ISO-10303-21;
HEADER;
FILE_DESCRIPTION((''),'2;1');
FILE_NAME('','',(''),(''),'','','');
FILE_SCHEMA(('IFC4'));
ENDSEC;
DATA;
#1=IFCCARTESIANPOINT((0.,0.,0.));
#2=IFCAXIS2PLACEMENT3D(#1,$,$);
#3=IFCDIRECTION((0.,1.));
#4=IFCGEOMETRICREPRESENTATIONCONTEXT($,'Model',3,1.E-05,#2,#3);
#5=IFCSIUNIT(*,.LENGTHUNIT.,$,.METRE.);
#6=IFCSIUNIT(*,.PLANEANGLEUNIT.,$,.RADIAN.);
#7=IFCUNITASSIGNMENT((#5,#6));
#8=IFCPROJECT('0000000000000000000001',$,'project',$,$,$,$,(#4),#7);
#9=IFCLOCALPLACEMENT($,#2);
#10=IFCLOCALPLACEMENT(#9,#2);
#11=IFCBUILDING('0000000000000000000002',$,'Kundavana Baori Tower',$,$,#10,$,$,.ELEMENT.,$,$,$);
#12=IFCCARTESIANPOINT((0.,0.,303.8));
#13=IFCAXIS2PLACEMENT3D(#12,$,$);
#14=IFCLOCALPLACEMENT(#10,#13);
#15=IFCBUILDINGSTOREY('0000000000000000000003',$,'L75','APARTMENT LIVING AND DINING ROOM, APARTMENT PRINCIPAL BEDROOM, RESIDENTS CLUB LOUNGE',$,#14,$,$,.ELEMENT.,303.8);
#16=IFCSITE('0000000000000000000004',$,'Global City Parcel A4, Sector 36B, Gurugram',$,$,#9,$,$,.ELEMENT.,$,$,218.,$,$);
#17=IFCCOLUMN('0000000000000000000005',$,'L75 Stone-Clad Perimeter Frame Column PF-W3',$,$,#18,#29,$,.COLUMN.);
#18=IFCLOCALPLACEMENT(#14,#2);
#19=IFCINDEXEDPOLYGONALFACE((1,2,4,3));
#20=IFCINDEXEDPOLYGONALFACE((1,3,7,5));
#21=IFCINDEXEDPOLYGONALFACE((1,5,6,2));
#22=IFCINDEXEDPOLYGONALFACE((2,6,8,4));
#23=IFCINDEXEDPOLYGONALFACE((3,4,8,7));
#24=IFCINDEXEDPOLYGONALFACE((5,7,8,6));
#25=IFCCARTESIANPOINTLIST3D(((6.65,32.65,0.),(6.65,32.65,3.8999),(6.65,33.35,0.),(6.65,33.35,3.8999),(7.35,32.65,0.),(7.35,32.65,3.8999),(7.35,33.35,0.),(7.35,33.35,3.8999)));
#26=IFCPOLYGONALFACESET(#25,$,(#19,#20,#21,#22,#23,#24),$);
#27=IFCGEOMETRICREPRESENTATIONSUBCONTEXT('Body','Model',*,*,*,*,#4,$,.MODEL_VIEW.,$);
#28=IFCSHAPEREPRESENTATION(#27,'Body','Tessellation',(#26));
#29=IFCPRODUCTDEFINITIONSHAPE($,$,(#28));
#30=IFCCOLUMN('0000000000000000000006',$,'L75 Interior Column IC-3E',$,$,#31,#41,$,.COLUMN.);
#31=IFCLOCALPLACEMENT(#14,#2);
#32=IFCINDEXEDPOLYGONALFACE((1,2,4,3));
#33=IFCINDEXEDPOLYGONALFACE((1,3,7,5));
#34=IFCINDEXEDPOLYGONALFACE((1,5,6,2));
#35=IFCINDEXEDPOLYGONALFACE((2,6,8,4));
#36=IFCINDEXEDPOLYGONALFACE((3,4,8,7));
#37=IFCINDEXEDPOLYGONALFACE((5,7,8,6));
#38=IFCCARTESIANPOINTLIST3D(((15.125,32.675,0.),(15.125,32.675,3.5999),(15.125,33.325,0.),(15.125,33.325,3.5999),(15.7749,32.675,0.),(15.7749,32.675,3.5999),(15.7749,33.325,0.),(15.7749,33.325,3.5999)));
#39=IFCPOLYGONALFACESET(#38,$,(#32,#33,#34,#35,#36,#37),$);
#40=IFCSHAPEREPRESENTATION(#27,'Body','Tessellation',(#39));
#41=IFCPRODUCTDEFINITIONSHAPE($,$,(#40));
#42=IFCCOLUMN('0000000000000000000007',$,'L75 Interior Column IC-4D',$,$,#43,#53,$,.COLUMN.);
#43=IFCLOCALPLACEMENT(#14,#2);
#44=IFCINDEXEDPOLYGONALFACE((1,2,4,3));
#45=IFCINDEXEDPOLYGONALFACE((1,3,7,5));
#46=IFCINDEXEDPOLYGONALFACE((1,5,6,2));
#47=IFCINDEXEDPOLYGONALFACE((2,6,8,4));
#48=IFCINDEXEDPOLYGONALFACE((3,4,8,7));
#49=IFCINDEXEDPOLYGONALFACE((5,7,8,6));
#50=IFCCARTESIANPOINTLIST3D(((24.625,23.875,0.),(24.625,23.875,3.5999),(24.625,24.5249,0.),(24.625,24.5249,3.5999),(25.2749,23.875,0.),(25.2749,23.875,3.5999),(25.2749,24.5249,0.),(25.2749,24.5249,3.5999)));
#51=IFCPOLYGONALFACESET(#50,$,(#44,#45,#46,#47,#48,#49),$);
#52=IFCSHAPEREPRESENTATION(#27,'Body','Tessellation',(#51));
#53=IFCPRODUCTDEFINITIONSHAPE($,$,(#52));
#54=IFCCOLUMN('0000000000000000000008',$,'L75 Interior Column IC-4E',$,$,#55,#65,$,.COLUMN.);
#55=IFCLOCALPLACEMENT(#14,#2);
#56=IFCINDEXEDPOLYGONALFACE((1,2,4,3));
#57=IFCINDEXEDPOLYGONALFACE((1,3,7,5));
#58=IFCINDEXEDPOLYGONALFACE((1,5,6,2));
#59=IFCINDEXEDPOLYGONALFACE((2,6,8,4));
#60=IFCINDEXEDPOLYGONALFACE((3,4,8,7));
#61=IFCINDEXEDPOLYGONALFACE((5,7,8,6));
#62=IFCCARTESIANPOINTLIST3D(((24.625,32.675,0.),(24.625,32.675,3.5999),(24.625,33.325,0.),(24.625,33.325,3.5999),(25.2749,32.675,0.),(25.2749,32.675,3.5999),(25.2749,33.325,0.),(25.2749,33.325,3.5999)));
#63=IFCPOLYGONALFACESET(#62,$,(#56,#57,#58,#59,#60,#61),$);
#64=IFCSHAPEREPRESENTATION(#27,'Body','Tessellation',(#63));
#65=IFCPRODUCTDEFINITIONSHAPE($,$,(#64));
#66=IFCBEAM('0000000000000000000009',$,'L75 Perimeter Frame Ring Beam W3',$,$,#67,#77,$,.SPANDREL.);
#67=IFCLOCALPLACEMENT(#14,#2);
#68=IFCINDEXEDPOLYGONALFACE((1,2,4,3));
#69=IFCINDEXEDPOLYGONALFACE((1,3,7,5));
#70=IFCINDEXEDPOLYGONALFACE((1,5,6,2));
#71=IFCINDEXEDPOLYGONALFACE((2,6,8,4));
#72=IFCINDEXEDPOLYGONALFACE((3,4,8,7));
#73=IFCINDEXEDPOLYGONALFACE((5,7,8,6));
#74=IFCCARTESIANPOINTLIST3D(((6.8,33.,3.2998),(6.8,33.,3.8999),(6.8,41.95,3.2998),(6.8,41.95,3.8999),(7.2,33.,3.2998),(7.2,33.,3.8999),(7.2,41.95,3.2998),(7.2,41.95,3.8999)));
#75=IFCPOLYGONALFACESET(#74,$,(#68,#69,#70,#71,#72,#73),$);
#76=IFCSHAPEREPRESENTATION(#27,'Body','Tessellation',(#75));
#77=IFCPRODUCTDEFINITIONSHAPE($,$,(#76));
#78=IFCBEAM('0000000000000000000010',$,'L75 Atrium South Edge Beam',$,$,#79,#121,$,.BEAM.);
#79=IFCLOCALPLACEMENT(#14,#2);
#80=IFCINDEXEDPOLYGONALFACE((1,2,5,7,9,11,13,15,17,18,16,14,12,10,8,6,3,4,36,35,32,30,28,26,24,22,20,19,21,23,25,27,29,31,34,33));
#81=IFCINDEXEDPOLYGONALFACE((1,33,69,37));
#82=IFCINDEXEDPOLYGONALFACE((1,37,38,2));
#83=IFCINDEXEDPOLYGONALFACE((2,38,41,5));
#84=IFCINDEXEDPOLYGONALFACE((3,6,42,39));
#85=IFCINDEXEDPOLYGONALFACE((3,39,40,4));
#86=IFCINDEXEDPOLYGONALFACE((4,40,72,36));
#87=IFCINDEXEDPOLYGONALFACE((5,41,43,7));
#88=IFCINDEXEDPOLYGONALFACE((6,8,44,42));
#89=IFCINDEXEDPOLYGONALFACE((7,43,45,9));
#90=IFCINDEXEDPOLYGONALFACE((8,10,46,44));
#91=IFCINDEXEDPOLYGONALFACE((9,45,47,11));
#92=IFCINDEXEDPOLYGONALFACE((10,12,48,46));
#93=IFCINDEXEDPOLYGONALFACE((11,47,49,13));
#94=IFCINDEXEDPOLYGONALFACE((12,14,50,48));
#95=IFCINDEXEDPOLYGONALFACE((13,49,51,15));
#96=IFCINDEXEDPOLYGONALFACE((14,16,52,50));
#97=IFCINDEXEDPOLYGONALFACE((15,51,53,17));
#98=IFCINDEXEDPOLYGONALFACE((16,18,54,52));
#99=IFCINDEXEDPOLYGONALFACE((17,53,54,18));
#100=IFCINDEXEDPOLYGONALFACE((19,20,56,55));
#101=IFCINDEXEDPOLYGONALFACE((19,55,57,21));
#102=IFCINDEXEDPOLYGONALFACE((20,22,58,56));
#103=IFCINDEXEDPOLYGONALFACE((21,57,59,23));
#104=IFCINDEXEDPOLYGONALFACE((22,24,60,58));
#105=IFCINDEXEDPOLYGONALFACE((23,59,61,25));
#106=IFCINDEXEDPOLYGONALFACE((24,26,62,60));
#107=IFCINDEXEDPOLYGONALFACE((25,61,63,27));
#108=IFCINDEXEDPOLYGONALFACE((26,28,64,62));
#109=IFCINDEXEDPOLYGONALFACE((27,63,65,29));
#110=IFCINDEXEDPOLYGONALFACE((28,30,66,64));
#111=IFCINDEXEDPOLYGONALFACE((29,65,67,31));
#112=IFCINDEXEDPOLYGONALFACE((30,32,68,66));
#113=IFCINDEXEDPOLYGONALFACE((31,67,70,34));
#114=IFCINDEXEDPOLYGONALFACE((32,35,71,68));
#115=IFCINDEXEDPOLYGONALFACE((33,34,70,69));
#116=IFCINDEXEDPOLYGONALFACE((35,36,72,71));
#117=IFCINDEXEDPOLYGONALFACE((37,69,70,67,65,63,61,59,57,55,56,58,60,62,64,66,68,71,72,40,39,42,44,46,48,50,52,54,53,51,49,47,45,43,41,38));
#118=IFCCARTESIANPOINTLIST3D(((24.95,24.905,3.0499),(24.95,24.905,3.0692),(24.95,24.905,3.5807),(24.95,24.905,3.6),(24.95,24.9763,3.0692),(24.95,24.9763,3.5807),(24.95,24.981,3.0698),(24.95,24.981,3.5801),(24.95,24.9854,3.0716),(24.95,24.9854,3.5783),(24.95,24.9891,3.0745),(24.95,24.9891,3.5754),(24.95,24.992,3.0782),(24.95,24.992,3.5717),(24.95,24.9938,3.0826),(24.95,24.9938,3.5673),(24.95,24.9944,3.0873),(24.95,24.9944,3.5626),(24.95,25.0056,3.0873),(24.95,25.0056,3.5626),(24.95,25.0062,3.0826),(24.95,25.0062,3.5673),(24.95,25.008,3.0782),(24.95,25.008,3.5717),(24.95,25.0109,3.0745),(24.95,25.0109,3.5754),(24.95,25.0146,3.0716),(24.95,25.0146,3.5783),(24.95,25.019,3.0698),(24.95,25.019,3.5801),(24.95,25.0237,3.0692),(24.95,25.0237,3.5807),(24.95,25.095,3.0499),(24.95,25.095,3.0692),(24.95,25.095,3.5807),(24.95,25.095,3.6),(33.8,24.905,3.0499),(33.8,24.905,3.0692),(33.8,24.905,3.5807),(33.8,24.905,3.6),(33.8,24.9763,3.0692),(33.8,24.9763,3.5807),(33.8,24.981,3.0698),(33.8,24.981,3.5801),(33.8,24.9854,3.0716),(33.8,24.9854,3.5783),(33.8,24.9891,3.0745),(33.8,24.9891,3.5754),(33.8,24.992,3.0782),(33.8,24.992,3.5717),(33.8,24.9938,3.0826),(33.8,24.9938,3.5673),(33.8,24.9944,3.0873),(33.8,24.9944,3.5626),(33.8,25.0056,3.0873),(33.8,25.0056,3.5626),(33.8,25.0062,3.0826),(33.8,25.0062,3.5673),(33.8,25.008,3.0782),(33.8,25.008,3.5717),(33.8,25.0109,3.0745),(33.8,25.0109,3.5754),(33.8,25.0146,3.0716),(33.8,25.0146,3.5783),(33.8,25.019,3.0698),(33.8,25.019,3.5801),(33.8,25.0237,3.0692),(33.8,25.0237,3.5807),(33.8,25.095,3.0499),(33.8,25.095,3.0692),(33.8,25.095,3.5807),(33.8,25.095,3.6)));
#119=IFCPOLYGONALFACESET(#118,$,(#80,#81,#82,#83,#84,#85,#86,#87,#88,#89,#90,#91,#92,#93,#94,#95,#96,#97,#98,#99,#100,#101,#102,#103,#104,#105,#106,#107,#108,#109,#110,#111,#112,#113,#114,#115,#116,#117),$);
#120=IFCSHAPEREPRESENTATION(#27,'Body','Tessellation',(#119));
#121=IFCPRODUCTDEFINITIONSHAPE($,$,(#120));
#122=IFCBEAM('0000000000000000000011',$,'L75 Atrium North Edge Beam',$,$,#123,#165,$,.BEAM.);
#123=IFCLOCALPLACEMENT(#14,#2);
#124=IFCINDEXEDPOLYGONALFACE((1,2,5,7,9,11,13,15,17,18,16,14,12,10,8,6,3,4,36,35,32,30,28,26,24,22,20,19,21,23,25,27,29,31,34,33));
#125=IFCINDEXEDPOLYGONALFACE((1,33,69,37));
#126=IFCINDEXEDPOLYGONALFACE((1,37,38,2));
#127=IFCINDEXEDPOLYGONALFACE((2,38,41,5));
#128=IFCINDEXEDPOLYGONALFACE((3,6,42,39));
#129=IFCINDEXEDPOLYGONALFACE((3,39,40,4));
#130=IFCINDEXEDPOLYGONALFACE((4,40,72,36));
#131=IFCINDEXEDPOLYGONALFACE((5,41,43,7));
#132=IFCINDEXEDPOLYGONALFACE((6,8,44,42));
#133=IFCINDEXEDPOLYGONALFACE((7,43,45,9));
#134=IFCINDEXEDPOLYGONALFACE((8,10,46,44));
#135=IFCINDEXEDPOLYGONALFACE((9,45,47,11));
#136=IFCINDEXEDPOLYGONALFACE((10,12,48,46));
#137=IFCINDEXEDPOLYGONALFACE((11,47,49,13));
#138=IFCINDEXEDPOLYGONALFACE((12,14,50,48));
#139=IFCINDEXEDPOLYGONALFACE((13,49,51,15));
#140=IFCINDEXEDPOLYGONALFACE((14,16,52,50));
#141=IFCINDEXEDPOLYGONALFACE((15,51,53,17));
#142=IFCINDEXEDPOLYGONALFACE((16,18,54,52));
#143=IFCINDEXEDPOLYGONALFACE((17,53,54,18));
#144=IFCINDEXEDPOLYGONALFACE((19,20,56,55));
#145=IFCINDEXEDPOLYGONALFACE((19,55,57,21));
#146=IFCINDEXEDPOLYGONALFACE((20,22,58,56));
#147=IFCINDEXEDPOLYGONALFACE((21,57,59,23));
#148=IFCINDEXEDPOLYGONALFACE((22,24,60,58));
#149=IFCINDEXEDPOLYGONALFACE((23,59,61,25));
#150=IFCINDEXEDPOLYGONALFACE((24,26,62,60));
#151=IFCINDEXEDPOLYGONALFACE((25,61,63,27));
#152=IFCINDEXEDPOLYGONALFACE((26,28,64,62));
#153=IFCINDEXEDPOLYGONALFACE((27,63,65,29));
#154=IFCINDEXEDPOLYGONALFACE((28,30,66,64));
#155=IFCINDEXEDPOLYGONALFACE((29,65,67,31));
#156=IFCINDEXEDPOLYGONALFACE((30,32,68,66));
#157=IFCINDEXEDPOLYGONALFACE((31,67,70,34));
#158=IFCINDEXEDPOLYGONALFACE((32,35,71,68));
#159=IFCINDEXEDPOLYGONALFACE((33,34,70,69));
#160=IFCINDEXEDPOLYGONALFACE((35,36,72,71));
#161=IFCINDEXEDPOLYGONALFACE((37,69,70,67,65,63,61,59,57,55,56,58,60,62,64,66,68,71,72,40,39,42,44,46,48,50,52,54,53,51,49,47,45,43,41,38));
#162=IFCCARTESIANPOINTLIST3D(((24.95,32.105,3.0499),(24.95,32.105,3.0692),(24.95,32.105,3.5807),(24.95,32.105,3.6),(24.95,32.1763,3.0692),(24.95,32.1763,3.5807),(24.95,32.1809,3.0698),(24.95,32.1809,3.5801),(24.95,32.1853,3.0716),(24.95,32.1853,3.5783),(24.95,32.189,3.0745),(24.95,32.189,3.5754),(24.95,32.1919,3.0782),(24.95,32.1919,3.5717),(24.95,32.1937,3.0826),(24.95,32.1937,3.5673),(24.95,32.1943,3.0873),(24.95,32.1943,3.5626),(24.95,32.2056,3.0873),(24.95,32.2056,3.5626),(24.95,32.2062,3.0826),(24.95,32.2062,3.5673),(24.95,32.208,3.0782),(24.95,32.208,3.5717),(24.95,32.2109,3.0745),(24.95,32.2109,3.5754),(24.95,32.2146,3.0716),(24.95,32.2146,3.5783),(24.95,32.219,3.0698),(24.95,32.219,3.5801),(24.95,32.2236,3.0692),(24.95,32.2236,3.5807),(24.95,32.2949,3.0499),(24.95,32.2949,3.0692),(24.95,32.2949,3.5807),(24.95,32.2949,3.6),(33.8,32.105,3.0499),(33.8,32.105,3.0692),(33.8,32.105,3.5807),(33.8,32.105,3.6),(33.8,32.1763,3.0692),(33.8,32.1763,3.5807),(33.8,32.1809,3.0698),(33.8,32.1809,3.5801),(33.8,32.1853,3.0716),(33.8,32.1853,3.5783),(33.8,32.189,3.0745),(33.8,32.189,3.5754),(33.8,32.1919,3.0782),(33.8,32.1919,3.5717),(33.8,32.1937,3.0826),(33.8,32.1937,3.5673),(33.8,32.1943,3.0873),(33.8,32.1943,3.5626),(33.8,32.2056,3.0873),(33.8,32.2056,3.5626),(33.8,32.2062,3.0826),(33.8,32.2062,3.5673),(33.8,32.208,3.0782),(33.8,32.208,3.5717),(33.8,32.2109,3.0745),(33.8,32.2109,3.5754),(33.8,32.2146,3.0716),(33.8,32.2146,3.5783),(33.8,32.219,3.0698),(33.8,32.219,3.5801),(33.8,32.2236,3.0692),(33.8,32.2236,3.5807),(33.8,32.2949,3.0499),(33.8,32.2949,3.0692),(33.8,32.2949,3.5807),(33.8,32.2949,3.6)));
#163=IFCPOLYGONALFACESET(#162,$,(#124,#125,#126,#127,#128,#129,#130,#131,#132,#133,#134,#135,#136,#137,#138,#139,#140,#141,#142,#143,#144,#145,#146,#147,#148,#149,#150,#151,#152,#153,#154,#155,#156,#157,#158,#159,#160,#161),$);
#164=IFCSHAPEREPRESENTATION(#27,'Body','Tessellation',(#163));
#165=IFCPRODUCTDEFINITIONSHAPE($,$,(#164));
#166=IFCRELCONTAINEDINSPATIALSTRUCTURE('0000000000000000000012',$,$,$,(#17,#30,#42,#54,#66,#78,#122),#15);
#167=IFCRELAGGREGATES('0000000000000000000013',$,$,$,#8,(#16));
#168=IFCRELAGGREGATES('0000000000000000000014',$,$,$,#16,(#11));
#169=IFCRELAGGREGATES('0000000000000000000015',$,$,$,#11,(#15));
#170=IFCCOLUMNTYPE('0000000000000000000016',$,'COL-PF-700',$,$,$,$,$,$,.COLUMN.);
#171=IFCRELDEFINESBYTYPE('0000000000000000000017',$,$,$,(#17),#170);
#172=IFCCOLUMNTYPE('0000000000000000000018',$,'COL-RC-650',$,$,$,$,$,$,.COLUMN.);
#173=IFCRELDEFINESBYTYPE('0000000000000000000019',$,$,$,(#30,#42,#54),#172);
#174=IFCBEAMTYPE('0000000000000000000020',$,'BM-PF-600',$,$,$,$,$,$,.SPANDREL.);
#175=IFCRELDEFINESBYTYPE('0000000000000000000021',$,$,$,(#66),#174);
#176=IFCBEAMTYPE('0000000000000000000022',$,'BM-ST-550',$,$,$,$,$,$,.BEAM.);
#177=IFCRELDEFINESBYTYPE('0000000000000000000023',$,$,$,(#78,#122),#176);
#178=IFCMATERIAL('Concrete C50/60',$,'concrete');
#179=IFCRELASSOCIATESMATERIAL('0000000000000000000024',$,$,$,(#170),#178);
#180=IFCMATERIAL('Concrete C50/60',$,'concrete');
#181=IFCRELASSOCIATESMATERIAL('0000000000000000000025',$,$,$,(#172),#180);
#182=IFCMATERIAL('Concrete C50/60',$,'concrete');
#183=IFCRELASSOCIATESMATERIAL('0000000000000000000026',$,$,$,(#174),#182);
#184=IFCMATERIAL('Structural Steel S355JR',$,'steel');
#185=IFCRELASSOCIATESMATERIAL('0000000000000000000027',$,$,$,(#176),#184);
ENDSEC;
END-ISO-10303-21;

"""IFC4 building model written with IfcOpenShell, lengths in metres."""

from ifc_helpers import new_model, si_unit, direction, frame, origin, origin_2d, place, context, subcontext, project, spatial, rectangle, i_section, extrude, material, material_profile, profile_set, type_object, element, save


model = new_model("IFC4")

# Units and contexts
model_context = context("Model", 3, precision=1e-05, world=origin(), true_north=direction((0.0, 1.0)))
body_context = subcontext(model_context, "Body", "Model", "MODEL_VIEW")
ifc_project = project(units=[si_unit("LENGTHUNIT", "METRE"), si_unit("PLANEANGLEUNIT", "RADIAN")], contexts=[model_context])

# Site, building, storey
site_placement = place(None, origin())
site = spatial("IfcSite", under=ifc_project, at=site_placement, Name="Global City Parcel A4, Sector 36B, Gurugram", CompositionType="ELEMENT", RefElevation=218.0)
building_placement = place(site_placement, origin())
building = spatial("IfcBuilding", under=site, at=building_placement, Name="Kundavana Baori Tower", CompositionType="ELEMENT")
storey_placement = place(building_placement, frame((0.0, 0.0, 303.8)))
storey = spatial("IfcBuildingStorey", under=building, at=storey_placement, Name="L75", Description="APARTMENT LIVING AND DINING ROOM, APARTMENT PRINCIPAL BEDROOM, RESIDENTS CLUB LOUNGE", CompositionType="ELEMENT", Elevation=303.8)

# Columns
ifc_material_1 = material(Name="Concrete C50/60", Category="concrete")
ifc_material_profile_1 = material_profile(ifc_material_1, rectangle(XDim=0.7, YDim=0.7, at=origin_2d()), Name="RC PF 700x700")
ifc_profile_set_1 = profile_set([ifc_material_profile_1], Name="Concrete C50/60")
column_type_1 = type_object("IfcColumnType", Name="COL-PF-700", PredefinedType="COLUMN", material=ifc_profile_set_1)
column_placement = place(storey_placement, frame((7.0, 33.0, 0.0), z_axis=(0.0, 0.0, 1.0), x_axis=(1.0, 0.0, 0.0)))
element("IfcColumn", 1, at=column_placement, inside=storey, type_object=column_type_1, Name="L75 Stone-Clad Perimeter Frame Column PF-W3", PredefinedType="COLUMN", context=body_context, shape_type="SweptSolid", body=[
    extrude(rectangle(XDim=0.7, YDim=0.7, at=origin_2d()), origin(), (0.0, 0.0, 1.0), 3.8999),
])
ifc_material_2 = material(Name="Concrete C50/60", Category="concrete")
ifc_material_profile_2 = material_profile(ifc_material_2, rectangle(XDim=0.6499, YDim=0.6499, at=origin_2d()), Name="RC 650x650")
ifc_profile_set_2 = profile_set([ifc_material_profile_2], Name="Concrete C50/60")
column_type_2 = type_object("IfcColumnType", Name="COL-RC-650", PredefinedType="COLUMN", material=ifc_profile_set_2)
for number, where, z_axis, x_axis, name in (
    (2, (15.45, 33.0, 0.0), (0.0, 0.0, 1.0), (1.0, 0.0, 0.0), "L75 Interior Column IC-3E"),
    (3, (24.95, 24.2, 0.0), (0.0, 0.0, 1.0), (1.0, 0.0, 0.0), "L75 Interior Column IC-4D"),
    (4, (24.95, 33.0, 0.0), (0.0, 0.0, 1.0), (1.0, 0.0, 0.0), "L75 Interior Column IC-4E"),
):
    element("IfcColumn", number, at=place(storey_placement, frame(where, z_axis=z_axis, x_axis=x_axis)), inside=storey, type_object=column_type_2, Name=name, PredefinedType="COLUMN", context=body_context, shape_type="SweptSolid", body=[
        extrude(rectangle(XDim=0.6499, YDim=0.6499, at=origin_2d()), origin(), (0.0, 0.0, 1.0), 3.5999),
    ])

# Beams
ifc_material_3 = material(Name="Concrete C50/60", Category="concrete")
ifc_material_profile_3 = material_profile(ifc_material_3, rectangle(XDim=0.3999, YDim=0.6001, at=origin_2d()), Name="RC BM 400x600")
ifc_profile_set_3 = profile_set([ifc_material_profile_3], Name="Concrete C50/60")
beam_type_1 = type_object("IfcBeamType", Name="BM-PF-600", PredefinedType="SPANDREL", material=ifc_profile_set_3)
beam_1_placement = place(storey_placement, frame((7.0, 33.0, 3.5999), z_axis=(0.0, 1.0, 0.0), x_axis=(-1.0, 0.0, 0.0)))
element("IfcBeam", 5, at=beam_1_placement, inside=storey, type_object=beam_type_1, Name="L75 Perimeter Frame Ring Beam W3", PredefinedType="SPANDREL", context=body_context, shape_type="SweptSolid", body=[
    extrude(rectangle(XDim=0.3999, YDim=0.6001, at=origin_2d()), origin(), (0.0, 0.0, 1.0), 8.95),
])
ifc_material_4 = material(Name="Structural Steel S355JR", Category="steel")
ifc_material_profile_4 = material_profile(ifc_material_4, i_section(OverallWidth=0.1899, OverallDepth=0.55, WebThickness=0.0112, FlangeThickness=0.0193, FilletRadius=0.0181, at=origin_2d()), Name="ISMB 550")
ifc_profile_set_4 = profile_set([ifc_material_profile_4], Name="Structural Steel S355JR")
beam_type_2 = type_object("IfcBeamType", Name="BM-ST-550", PredefinedType="BEAM", material=ifc_profile_set_4)
for number, where, z_axis, x_axis, name in (
    (6, (24.95, 25.0, 3.325), (1.0, 0.0, 0.0), (0.0, 1.0, 0.0), "L75 Atrium South Edge Beam"),
    (7, (24.95, 32.2, 3.325), (1.0, 0.0, 0.0), (0.0, 1.0, 0.0), "L75 Atrium North Edge Beam"),
):
    element("IfcBeam", number, at=place(storey_placement, frame(where, z_axis=z_axis, x_axis=x_axis)), inside=storey, type_object=beam_type_2, Name=name, PredefinedType="BEAM", context=body_context, shape_type="SweptSolid", body=[
        extrude(i_section(OverallWidth=0.1899, OverallDepth=0.55, WebThickness=0.0112, FlangeThickness=0.0193, FilletRadius=0.0181, at=origin_2d()), origin(), (0.0, 0.0, 1.0), 8.8501),
    ])

save(model, "model.ifc")
